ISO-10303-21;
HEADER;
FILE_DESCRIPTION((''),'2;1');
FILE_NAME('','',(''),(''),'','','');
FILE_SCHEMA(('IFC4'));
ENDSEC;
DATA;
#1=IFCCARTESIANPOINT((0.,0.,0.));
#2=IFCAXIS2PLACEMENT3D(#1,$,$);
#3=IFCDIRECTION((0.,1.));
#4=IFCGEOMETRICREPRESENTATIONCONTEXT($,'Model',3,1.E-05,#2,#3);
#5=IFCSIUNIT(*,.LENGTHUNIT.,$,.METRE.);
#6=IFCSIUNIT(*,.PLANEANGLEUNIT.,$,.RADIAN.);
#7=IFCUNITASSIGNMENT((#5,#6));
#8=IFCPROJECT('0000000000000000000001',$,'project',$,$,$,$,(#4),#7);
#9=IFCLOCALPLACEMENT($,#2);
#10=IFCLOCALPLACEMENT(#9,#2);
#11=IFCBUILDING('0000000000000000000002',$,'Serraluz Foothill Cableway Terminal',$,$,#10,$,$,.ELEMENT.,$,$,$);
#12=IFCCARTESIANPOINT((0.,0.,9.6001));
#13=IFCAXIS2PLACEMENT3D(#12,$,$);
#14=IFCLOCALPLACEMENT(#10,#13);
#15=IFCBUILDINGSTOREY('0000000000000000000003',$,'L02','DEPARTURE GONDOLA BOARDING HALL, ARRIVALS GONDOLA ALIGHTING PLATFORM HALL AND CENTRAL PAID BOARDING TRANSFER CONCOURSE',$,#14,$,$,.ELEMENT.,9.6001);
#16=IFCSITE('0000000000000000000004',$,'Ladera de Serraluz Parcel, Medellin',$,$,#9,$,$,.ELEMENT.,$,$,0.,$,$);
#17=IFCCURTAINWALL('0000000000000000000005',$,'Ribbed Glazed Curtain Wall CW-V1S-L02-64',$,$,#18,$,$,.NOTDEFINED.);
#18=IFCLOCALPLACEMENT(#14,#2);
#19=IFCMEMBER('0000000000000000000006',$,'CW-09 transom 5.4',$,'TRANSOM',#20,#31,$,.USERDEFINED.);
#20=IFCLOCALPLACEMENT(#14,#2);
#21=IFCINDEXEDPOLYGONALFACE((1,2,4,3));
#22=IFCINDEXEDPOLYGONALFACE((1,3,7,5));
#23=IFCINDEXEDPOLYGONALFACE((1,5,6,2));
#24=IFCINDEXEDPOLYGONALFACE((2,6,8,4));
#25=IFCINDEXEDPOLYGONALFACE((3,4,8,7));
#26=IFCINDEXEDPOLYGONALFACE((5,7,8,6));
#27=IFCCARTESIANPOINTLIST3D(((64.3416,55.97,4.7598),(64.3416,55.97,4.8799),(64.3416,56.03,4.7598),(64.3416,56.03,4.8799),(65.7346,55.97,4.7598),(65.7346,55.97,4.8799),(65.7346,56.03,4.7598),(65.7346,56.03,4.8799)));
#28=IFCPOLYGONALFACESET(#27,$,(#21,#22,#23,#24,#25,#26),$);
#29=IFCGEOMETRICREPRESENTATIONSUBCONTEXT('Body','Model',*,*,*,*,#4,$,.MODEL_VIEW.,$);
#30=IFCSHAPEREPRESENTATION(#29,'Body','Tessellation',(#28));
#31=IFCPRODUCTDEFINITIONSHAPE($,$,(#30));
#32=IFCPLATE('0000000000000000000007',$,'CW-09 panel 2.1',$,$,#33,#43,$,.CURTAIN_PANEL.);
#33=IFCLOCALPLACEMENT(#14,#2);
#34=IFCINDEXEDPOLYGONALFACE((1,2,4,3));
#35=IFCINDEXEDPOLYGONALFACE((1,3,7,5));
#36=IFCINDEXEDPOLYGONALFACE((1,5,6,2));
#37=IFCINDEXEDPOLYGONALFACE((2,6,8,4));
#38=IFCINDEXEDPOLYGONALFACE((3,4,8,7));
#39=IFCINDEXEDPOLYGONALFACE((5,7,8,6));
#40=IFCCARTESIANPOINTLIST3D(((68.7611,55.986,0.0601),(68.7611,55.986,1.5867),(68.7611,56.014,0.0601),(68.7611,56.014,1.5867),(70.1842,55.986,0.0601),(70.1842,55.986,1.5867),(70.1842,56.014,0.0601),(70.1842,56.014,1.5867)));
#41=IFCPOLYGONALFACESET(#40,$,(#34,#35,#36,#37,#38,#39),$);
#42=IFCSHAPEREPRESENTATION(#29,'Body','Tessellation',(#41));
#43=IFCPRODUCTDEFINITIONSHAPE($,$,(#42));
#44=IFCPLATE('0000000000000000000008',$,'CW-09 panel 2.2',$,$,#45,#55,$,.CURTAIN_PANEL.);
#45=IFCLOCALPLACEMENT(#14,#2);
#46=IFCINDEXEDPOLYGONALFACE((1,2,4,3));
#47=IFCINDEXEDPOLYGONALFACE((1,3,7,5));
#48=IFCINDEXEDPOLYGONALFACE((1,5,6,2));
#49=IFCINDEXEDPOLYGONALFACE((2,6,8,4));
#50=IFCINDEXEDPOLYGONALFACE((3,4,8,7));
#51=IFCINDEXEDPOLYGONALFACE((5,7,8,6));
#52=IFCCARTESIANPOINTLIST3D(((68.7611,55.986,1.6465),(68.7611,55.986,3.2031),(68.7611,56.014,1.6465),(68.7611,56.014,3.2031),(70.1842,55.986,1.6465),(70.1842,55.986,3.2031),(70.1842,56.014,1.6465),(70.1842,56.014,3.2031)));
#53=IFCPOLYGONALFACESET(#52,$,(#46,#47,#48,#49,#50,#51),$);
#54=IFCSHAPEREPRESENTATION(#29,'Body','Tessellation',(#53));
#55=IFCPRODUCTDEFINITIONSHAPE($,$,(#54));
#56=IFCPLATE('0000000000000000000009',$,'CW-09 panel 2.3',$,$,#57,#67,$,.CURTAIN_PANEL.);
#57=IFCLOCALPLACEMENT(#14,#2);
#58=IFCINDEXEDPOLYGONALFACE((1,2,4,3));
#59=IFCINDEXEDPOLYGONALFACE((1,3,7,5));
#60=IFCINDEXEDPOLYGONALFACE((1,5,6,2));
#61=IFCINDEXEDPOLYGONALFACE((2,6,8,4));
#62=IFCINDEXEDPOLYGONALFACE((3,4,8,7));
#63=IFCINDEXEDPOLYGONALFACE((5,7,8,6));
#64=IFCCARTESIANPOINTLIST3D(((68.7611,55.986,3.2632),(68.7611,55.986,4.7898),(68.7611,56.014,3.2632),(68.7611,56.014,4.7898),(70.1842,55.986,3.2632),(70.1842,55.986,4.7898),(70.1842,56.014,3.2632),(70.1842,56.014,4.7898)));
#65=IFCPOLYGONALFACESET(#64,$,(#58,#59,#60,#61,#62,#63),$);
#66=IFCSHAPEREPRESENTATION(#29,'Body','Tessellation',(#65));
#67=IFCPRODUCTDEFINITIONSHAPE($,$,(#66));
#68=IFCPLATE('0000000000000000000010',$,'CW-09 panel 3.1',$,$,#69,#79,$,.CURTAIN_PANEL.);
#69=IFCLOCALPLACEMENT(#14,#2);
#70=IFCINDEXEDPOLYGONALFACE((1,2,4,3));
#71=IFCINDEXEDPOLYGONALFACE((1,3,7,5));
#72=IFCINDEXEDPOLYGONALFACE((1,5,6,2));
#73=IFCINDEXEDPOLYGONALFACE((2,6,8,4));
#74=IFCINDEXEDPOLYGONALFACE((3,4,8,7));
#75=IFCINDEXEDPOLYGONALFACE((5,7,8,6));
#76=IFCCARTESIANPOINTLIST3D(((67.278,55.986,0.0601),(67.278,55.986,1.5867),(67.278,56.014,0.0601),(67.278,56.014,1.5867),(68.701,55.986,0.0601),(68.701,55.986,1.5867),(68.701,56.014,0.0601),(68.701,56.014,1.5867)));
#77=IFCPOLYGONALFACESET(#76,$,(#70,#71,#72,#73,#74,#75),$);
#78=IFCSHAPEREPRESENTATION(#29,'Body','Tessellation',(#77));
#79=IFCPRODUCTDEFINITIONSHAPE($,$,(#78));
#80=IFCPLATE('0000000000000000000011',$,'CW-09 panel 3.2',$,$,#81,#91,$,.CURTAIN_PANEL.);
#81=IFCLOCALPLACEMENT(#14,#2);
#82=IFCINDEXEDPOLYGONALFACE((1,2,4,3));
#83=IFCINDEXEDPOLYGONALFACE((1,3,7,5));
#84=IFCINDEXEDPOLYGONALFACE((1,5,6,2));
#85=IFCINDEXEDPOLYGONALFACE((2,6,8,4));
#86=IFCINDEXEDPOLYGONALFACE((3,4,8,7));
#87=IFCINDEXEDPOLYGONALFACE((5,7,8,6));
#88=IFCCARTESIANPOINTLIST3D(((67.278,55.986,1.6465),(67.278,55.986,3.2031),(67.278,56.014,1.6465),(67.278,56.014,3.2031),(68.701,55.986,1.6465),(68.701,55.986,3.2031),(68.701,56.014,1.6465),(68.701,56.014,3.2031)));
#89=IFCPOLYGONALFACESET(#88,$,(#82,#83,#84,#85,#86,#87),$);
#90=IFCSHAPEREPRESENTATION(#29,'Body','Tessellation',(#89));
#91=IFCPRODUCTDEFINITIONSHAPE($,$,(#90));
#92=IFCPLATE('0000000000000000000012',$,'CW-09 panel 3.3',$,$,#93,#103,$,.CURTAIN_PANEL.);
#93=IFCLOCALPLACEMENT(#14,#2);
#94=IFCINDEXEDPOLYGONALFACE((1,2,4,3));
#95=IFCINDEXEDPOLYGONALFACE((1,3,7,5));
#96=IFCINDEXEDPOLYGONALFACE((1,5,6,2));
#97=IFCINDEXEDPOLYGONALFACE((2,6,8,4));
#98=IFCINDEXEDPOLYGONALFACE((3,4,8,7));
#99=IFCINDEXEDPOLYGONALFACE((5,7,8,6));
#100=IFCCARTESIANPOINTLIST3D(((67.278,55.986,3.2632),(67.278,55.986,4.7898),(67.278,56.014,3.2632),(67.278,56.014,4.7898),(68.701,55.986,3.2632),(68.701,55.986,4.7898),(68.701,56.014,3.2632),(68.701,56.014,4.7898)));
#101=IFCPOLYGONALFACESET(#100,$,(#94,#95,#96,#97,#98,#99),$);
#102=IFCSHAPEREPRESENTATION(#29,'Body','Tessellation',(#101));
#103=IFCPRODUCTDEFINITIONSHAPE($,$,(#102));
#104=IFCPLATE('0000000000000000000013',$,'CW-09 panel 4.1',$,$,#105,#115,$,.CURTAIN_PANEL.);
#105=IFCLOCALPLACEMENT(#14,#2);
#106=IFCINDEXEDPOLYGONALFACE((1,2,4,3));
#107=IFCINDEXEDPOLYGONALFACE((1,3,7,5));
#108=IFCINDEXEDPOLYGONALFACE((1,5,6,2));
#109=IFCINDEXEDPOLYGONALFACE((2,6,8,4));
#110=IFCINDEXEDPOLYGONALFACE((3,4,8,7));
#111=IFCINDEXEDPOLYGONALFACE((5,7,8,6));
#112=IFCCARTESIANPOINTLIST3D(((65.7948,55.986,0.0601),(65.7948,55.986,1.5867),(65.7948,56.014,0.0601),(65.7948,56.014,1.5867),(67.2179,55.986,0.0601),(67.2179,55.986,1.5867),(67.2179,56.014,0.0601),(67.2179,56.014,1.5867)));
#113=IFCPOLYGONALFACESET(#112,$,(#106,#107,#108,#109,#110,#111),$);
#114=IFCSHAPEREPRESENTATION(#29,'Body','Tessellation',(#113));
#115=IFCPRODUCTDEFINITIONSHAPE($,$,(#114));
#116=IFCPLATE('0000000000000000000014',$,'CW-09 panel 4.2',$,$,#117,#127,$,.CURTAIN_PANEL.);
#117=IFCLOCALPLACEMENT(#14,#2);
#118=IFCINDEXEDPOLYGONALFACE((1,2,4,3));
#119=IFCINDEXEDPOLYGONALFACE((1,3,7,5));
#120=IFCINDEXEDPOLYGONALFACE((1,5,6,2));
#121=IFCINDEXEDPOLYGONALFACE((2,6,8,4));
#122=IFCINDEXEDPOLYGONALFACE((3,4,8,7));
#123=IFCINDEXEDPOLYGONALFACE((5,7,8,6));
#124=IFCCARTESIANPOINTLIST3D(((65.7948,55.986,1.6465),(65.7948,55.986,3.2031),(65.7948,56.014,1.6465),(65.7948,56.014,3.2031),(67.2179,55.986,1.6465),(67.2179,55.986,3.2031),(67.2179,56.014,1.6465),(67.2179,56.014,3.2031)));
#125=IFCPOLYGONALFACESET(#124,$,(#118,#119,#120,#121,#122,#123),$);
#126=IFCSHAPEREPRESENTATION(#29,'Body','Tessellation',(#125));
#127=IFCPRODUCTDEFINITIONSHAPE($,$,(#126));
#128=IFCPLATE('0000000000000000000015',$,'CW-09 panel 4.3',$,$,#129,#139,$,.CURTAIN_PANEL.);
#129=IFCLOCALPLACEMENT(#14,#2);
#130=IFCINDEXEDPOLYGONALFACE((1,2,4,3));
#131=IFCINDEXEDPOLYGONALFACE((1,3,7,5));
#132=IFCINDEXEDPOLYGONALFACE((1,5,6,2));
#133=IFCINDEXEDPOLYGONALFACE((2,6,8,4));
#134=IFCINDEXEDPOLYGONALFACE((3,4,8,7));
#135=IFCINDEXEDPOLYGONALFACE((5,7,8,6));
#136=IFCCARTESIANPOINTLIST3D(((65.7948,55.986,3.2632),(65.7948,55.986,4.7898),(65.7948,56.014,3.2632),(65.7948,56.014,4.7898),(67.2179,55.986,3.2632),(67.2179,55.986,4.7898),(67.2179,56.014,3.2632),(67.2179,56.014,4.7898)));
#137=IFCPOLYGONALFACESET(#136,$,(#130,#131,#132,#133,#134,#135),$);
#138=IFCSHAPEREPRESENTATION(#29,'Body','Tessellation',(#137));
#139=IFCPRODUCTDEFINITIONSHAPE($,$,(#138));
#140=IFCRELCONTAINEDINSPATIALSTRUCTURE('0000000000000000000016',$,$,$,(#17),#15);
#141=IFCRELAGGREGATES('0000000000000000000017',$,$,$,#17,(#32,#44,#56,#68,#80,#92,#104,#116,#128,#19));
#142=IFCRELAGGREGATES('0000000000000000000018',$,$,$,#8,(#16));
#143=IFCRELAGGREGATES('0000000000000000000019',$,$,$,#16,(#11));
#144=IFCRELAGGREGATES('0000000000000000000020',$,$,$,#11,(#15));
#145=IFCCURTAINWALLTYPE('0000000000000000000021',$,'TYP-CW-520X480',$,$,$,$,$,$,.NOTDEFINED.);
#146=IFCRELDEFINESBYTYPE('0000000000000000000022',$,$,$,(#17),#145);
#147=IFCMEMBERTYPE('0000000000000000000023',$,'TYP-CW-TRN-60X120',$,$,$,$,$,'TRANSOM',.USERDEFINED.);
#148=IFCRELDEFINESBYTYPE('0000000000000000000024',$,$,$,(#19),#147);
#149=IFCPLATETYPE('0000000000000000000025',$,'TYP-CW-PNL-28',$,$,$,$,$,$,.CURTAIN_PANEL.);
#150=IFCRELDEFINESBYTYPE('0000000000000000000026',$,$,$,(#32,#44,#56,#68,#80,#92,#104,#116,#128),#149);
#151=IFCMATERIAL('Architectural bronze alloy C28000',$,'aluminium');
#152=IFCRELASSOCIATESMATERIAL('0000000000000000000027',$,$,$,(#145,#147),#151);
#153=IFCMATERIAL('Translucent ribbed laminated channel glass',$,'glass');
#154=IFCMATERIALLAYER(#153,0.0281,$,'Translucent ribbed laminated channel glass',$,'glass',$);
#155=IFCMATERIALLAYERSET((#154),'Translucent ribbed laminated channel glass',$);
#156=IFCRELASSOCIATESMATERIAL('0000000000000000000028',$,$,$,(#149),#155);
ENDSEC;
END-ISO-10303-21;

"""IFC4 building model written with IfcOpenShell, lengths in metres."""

from ifc_helpers import new_model, si_unit, direction, frame, origin, origin_2d, place, context, subcontext, project, spatial, rectangle, extrude, material, layer, layer_set, material_profile, profile_set, type_object, element, aggregate, save


model = new_model("IFC4")

# Units and contexts
model_context = context("Model", 3, precision=1e-05, world=origin(), true_north=direction((0.0, 1.0)))
body_context = subcontext(model_context, "Body", "Model", "MODEL_VIEW")
ifc_project = project(units=[si_unit("LENGTHUNIT", "METRE"), si_unit("PLANEANGLEUNIT", "RADIAN")], contexts=[model_context])

# Site, building, storey
site_placement = place(None, origin())
site = spatial("IfcSite", under=ifc_project, at=site_placement, Name="Ladera de Serraluz Parcel, Medellin", CompositionType="ELEMENT", RefElevation=0.0)
building_placement = place(site_placement, origin())
building = spatial("IfcBuilding", under=site, at=building_placement, Name="Serraluz Foothill Cableway Terminal", CompositionType="ELEMENT")
storey_placement = place(building_placement, frame((0.0, 0.0, 9.6001)))
storey = spatial("IfcBuildingStorey", under=building, at=storey_placement, Name="L02", Description="DEPARTURE GONDOLA BOARDING HALL, ARRIVALS GONDOLA ALIGHTING PLATFORM HALL AND CENTRAL PAID BOARDING TRANSFER CONCOURSE", CompositionType="ELEMENT", Elevation=9.6001)

# Curtain wall, member, plates
ifc_material_1 = material(Name="Architectural bronze alloy C28000", Category="aluminium")
curtain_wall_type = type_object("IfcCurtainWallType", Name="TYP-CW-520X480", PredefinedType="NOTDEFINED", material=ifc_material_1)
curtain_wall_placement = place(storey_placement, origin())
curtain_wall = element("IfcCurtainWall", 1, at=curtain_wall_placement, inside=storey, type_object=curtain_wall_type, Name="Ribbed Glazed Curtain Wall CW-V1S-L02-64", PredefinedType="NOTDEFINED")
ifc_material_profile_1 = material_profile(ifc_material_1, rectangle(XDim=0.0601, YDim=0.1201, at=origin_2d()), Name="ALU TRANSOM 60x120")
ifc_profile_set_1 = profile_set([ifc_material_profile_1], Name="Architectural bronze alloy C28000")
member_type_1 = type_object("IfcMemberType", Name="TYP-CW-TRN-60X120", ElementType="TRANSOM", PredefinedType="USERDEFINED", material=ifc_profile_set_1)
member_1_placement = place(storey_placement, frame((65.7346, 56.0, 4.8198), z_axis=(-1.0, 0.0, 0.0), x_axis=(0.0, -1.0, 0.0)))
member_1 = element("IfcMember", 2, at=member_1_placement, type_object=member_type_1, Name="CW-09 transom 5.4", ObjectType="TRANSOM", PredefinedType="USERDEFINED", context=body_context, shape_type="SweptSolid", body=[
    extrude(rectangle(XDim=0.0601, YDim=0.1201, at=origin_2d()), origin(), (0.0, 0.0, 1.0), 1.3931),
])
ifc_material_2 = material(Name="Translucent ribbed laminated channel glass", Category="glass")
ifc_layer = layer(ifc_material_2, 0.0281, Name="Translucent ribbed laminated channel glass", Category="glass")
ifc_layer_set = layer_set([ifc_layer], Name="Translucent ribbed laminated channel glass")
plate_type = type_object("IfcPlateType", Name="TYP-CW-PNL-28", PredefinedType="CURTAIN_PANEL", material=ifc_layer_set)
plate_1_placement = place(storey_placement, frame((69.4727, 56.0, 0.0601), z_axis=(0.0, 0.0, 1.0), x_axis=(-1.0, 0.0, 0.0)))
plate_1 = element("IfcPlate", 3, at=plate_1_placement, type_object=plate_type, Name="CW-09 panel 2.1", PredefinedType="CURTAIN_PANEL", context=body_context, shape_type="SweptSolid", body=[
    extrude(rectangle(XDim=1.4231, YDim=0.0281, at=origin_2d()), origin(), (0.0, 0.0, 1.0), 1.5266),
])
plate_2_placement = place(storey_placement, frame((69.4727, 56.0, 1.6465), z_axis=(0.0, 0.0, 1.0), x_axis=(-1.0, 0.0, 0.0)))
plate_2 = element("IfcPlate", 4, at=plate_2_placement, type_object=plate_type, Name="CW-09 panel 2.2", PredefinedType="CURTAIN_PANEL", context=body_context, shape_type="SweptSolid", body=[
    extrude(rectangle(XDim=1.4231, YDim=0.0281, at=origin_2d()), origin(), (0.0, 0.0, 1.0), 1.5566),
])
plate_3_placement = place(storey_placement, frame((69.4727, 56.0, 3.2632), z_axis=(0.0, 0.0, 1.0), x_axis=(-1.0, 0.0, 0.0)))
plate_3 = element("IfcPlate", 5, at=plate_3_placement, type_object=plate_type, Name="CW-09 panel 2.3", PredefinedType="CURTAIN_PANEL", context=body_context, shape_type="SweptSolid", body=[
    extrude(rectangle(XDim=1.4231, YDim=0.0281, at=origin_2d()), origin(), (0.0, 0.0, 1.0), 1.5266),
])
plate_4_placement = place(storey_placement, frame((67.9895, 56.0, 0.0601), z_axis=(0.0, 0.0, 1.0), x_axis=(-1.0, 0.0, 0.0)))
plate_4 = element("IfcPlate", 6, at=plate_4_placement, type_object=plate_type, Name="CW-09 panel 3.1", PredefinedType="CURTAIN_PANEL", context=body_context, shape_type="SweptSolid", body=[
    extrude(rectangle(XDim=1.4231, YDim=0.0281, at=origin_2d()), origin(), (0.0, 0.0, 1.0), 1.5266),
])
plate_5_placement = place(storey_placement, frame((67.9895, 56.0, 1.6465), z_axis=(0.0, 0.0, 1.0), x_axis=(-1.0, 0.0, 0.0)))
plate_5 = element("IfcPlate", 7, at=plate_5_placement, type_object=plate_type, Name="CW-09 panel 3.2", PredefinedType="CURTAIN_PANEL", context=body_context, shape_type="SweptSolid", body=[
    extrude(rectangle(XDim=1.4231, YDim=0.0281, at=origin_2d()), origin(), (0.0, 0.0, 1.0), 1.5566),
])
plate_6_placement = place(storey_placement, frame((67.9895, 56.0, 3.2632), z_axis=(0.0, 0.0, 1.0), x_axis=(-1.0, 0.0, 0.0)))
plate_6 = element("IfcPlate", 8, at=plate_6_placement, type_object=plate_type, Name="CW-09 panel 3.3", PredefinedType="CURTAIN_PANEL", context=body_context, shape_type="SweptSolid", body=[
    extrude(rectangle(XDim=1.4231, YDim=0.0281, at=origin_2d()), origin(), (0.0, 0.0, 1.0), 1.5266),
])
plate_7_placement = place(storey_placement, frame((66.5063, 56.0, 0.0601), z_axis=(0.0, 0.0, 1.0), x_axis=(-1.0, 0.0, 0.0)))
plate_7 = element("IfcPlate", 9, at=plate_7_placement, type_object=plate_type, Name="CW-09 panel 4.1", PredefinedType="CURTAIN_PANEL", context=body_context, shape_type="SweptSolid", body=[
    extrude(rectangle(XDim=1.4231, YDim=0.0281, at=origin_2d()), origin(), (0.0, 0.0, 1.0), 1.5266),
])
plate_8_placement = place(storey_placement, frame((66.5063, 56.0, 1.6465), z_axis=(0.0, 0.0, 1.0), x_axis=(-1.0, 0.0, 0.0)))
plate_8 = element("IfcPlate", 10, at=plate_8_placement, type_object=plate_type, Name="CW-09 panel 4.2", PredefinedType="CURTAIN_PANEL", context=body_context, shape_type="SweptSolid", body=[
    extrude(rectangle(XDim=1.4231, YDim=0.0281, at=origin_2d()), origin(), (0.0, 0.0, 1.0), 1.5566),
])
plate_9_placement = place(storey_placement, frame((66.5063, 56.0, 3.2632), z_axis=(0.0, 0.0, 1.0), x_axis=(-1.0, 0.0, 0.0)))
plate_9 = element("IfcPlate", 11, at=plate_9_placement, type_object=plate_type, Name="CW-09 panel 4.3", PredefinedType="CURTAIN_PANEL", context=body_context, shape_type="SweptSolid", body=[
    extrude(rectangle(XDim=1.4231, YDim=0.0281, at=origin_2d()), origin(), (0.0, 0.0, 1.0), 1.5266),
])
aggregate(curtain_wall, [plate_1, plate_2, plate_3, plate_4, plate_5, plate_6, plate_7, plate_8, plate_9, member_1])

save(model, "model.ifc")
